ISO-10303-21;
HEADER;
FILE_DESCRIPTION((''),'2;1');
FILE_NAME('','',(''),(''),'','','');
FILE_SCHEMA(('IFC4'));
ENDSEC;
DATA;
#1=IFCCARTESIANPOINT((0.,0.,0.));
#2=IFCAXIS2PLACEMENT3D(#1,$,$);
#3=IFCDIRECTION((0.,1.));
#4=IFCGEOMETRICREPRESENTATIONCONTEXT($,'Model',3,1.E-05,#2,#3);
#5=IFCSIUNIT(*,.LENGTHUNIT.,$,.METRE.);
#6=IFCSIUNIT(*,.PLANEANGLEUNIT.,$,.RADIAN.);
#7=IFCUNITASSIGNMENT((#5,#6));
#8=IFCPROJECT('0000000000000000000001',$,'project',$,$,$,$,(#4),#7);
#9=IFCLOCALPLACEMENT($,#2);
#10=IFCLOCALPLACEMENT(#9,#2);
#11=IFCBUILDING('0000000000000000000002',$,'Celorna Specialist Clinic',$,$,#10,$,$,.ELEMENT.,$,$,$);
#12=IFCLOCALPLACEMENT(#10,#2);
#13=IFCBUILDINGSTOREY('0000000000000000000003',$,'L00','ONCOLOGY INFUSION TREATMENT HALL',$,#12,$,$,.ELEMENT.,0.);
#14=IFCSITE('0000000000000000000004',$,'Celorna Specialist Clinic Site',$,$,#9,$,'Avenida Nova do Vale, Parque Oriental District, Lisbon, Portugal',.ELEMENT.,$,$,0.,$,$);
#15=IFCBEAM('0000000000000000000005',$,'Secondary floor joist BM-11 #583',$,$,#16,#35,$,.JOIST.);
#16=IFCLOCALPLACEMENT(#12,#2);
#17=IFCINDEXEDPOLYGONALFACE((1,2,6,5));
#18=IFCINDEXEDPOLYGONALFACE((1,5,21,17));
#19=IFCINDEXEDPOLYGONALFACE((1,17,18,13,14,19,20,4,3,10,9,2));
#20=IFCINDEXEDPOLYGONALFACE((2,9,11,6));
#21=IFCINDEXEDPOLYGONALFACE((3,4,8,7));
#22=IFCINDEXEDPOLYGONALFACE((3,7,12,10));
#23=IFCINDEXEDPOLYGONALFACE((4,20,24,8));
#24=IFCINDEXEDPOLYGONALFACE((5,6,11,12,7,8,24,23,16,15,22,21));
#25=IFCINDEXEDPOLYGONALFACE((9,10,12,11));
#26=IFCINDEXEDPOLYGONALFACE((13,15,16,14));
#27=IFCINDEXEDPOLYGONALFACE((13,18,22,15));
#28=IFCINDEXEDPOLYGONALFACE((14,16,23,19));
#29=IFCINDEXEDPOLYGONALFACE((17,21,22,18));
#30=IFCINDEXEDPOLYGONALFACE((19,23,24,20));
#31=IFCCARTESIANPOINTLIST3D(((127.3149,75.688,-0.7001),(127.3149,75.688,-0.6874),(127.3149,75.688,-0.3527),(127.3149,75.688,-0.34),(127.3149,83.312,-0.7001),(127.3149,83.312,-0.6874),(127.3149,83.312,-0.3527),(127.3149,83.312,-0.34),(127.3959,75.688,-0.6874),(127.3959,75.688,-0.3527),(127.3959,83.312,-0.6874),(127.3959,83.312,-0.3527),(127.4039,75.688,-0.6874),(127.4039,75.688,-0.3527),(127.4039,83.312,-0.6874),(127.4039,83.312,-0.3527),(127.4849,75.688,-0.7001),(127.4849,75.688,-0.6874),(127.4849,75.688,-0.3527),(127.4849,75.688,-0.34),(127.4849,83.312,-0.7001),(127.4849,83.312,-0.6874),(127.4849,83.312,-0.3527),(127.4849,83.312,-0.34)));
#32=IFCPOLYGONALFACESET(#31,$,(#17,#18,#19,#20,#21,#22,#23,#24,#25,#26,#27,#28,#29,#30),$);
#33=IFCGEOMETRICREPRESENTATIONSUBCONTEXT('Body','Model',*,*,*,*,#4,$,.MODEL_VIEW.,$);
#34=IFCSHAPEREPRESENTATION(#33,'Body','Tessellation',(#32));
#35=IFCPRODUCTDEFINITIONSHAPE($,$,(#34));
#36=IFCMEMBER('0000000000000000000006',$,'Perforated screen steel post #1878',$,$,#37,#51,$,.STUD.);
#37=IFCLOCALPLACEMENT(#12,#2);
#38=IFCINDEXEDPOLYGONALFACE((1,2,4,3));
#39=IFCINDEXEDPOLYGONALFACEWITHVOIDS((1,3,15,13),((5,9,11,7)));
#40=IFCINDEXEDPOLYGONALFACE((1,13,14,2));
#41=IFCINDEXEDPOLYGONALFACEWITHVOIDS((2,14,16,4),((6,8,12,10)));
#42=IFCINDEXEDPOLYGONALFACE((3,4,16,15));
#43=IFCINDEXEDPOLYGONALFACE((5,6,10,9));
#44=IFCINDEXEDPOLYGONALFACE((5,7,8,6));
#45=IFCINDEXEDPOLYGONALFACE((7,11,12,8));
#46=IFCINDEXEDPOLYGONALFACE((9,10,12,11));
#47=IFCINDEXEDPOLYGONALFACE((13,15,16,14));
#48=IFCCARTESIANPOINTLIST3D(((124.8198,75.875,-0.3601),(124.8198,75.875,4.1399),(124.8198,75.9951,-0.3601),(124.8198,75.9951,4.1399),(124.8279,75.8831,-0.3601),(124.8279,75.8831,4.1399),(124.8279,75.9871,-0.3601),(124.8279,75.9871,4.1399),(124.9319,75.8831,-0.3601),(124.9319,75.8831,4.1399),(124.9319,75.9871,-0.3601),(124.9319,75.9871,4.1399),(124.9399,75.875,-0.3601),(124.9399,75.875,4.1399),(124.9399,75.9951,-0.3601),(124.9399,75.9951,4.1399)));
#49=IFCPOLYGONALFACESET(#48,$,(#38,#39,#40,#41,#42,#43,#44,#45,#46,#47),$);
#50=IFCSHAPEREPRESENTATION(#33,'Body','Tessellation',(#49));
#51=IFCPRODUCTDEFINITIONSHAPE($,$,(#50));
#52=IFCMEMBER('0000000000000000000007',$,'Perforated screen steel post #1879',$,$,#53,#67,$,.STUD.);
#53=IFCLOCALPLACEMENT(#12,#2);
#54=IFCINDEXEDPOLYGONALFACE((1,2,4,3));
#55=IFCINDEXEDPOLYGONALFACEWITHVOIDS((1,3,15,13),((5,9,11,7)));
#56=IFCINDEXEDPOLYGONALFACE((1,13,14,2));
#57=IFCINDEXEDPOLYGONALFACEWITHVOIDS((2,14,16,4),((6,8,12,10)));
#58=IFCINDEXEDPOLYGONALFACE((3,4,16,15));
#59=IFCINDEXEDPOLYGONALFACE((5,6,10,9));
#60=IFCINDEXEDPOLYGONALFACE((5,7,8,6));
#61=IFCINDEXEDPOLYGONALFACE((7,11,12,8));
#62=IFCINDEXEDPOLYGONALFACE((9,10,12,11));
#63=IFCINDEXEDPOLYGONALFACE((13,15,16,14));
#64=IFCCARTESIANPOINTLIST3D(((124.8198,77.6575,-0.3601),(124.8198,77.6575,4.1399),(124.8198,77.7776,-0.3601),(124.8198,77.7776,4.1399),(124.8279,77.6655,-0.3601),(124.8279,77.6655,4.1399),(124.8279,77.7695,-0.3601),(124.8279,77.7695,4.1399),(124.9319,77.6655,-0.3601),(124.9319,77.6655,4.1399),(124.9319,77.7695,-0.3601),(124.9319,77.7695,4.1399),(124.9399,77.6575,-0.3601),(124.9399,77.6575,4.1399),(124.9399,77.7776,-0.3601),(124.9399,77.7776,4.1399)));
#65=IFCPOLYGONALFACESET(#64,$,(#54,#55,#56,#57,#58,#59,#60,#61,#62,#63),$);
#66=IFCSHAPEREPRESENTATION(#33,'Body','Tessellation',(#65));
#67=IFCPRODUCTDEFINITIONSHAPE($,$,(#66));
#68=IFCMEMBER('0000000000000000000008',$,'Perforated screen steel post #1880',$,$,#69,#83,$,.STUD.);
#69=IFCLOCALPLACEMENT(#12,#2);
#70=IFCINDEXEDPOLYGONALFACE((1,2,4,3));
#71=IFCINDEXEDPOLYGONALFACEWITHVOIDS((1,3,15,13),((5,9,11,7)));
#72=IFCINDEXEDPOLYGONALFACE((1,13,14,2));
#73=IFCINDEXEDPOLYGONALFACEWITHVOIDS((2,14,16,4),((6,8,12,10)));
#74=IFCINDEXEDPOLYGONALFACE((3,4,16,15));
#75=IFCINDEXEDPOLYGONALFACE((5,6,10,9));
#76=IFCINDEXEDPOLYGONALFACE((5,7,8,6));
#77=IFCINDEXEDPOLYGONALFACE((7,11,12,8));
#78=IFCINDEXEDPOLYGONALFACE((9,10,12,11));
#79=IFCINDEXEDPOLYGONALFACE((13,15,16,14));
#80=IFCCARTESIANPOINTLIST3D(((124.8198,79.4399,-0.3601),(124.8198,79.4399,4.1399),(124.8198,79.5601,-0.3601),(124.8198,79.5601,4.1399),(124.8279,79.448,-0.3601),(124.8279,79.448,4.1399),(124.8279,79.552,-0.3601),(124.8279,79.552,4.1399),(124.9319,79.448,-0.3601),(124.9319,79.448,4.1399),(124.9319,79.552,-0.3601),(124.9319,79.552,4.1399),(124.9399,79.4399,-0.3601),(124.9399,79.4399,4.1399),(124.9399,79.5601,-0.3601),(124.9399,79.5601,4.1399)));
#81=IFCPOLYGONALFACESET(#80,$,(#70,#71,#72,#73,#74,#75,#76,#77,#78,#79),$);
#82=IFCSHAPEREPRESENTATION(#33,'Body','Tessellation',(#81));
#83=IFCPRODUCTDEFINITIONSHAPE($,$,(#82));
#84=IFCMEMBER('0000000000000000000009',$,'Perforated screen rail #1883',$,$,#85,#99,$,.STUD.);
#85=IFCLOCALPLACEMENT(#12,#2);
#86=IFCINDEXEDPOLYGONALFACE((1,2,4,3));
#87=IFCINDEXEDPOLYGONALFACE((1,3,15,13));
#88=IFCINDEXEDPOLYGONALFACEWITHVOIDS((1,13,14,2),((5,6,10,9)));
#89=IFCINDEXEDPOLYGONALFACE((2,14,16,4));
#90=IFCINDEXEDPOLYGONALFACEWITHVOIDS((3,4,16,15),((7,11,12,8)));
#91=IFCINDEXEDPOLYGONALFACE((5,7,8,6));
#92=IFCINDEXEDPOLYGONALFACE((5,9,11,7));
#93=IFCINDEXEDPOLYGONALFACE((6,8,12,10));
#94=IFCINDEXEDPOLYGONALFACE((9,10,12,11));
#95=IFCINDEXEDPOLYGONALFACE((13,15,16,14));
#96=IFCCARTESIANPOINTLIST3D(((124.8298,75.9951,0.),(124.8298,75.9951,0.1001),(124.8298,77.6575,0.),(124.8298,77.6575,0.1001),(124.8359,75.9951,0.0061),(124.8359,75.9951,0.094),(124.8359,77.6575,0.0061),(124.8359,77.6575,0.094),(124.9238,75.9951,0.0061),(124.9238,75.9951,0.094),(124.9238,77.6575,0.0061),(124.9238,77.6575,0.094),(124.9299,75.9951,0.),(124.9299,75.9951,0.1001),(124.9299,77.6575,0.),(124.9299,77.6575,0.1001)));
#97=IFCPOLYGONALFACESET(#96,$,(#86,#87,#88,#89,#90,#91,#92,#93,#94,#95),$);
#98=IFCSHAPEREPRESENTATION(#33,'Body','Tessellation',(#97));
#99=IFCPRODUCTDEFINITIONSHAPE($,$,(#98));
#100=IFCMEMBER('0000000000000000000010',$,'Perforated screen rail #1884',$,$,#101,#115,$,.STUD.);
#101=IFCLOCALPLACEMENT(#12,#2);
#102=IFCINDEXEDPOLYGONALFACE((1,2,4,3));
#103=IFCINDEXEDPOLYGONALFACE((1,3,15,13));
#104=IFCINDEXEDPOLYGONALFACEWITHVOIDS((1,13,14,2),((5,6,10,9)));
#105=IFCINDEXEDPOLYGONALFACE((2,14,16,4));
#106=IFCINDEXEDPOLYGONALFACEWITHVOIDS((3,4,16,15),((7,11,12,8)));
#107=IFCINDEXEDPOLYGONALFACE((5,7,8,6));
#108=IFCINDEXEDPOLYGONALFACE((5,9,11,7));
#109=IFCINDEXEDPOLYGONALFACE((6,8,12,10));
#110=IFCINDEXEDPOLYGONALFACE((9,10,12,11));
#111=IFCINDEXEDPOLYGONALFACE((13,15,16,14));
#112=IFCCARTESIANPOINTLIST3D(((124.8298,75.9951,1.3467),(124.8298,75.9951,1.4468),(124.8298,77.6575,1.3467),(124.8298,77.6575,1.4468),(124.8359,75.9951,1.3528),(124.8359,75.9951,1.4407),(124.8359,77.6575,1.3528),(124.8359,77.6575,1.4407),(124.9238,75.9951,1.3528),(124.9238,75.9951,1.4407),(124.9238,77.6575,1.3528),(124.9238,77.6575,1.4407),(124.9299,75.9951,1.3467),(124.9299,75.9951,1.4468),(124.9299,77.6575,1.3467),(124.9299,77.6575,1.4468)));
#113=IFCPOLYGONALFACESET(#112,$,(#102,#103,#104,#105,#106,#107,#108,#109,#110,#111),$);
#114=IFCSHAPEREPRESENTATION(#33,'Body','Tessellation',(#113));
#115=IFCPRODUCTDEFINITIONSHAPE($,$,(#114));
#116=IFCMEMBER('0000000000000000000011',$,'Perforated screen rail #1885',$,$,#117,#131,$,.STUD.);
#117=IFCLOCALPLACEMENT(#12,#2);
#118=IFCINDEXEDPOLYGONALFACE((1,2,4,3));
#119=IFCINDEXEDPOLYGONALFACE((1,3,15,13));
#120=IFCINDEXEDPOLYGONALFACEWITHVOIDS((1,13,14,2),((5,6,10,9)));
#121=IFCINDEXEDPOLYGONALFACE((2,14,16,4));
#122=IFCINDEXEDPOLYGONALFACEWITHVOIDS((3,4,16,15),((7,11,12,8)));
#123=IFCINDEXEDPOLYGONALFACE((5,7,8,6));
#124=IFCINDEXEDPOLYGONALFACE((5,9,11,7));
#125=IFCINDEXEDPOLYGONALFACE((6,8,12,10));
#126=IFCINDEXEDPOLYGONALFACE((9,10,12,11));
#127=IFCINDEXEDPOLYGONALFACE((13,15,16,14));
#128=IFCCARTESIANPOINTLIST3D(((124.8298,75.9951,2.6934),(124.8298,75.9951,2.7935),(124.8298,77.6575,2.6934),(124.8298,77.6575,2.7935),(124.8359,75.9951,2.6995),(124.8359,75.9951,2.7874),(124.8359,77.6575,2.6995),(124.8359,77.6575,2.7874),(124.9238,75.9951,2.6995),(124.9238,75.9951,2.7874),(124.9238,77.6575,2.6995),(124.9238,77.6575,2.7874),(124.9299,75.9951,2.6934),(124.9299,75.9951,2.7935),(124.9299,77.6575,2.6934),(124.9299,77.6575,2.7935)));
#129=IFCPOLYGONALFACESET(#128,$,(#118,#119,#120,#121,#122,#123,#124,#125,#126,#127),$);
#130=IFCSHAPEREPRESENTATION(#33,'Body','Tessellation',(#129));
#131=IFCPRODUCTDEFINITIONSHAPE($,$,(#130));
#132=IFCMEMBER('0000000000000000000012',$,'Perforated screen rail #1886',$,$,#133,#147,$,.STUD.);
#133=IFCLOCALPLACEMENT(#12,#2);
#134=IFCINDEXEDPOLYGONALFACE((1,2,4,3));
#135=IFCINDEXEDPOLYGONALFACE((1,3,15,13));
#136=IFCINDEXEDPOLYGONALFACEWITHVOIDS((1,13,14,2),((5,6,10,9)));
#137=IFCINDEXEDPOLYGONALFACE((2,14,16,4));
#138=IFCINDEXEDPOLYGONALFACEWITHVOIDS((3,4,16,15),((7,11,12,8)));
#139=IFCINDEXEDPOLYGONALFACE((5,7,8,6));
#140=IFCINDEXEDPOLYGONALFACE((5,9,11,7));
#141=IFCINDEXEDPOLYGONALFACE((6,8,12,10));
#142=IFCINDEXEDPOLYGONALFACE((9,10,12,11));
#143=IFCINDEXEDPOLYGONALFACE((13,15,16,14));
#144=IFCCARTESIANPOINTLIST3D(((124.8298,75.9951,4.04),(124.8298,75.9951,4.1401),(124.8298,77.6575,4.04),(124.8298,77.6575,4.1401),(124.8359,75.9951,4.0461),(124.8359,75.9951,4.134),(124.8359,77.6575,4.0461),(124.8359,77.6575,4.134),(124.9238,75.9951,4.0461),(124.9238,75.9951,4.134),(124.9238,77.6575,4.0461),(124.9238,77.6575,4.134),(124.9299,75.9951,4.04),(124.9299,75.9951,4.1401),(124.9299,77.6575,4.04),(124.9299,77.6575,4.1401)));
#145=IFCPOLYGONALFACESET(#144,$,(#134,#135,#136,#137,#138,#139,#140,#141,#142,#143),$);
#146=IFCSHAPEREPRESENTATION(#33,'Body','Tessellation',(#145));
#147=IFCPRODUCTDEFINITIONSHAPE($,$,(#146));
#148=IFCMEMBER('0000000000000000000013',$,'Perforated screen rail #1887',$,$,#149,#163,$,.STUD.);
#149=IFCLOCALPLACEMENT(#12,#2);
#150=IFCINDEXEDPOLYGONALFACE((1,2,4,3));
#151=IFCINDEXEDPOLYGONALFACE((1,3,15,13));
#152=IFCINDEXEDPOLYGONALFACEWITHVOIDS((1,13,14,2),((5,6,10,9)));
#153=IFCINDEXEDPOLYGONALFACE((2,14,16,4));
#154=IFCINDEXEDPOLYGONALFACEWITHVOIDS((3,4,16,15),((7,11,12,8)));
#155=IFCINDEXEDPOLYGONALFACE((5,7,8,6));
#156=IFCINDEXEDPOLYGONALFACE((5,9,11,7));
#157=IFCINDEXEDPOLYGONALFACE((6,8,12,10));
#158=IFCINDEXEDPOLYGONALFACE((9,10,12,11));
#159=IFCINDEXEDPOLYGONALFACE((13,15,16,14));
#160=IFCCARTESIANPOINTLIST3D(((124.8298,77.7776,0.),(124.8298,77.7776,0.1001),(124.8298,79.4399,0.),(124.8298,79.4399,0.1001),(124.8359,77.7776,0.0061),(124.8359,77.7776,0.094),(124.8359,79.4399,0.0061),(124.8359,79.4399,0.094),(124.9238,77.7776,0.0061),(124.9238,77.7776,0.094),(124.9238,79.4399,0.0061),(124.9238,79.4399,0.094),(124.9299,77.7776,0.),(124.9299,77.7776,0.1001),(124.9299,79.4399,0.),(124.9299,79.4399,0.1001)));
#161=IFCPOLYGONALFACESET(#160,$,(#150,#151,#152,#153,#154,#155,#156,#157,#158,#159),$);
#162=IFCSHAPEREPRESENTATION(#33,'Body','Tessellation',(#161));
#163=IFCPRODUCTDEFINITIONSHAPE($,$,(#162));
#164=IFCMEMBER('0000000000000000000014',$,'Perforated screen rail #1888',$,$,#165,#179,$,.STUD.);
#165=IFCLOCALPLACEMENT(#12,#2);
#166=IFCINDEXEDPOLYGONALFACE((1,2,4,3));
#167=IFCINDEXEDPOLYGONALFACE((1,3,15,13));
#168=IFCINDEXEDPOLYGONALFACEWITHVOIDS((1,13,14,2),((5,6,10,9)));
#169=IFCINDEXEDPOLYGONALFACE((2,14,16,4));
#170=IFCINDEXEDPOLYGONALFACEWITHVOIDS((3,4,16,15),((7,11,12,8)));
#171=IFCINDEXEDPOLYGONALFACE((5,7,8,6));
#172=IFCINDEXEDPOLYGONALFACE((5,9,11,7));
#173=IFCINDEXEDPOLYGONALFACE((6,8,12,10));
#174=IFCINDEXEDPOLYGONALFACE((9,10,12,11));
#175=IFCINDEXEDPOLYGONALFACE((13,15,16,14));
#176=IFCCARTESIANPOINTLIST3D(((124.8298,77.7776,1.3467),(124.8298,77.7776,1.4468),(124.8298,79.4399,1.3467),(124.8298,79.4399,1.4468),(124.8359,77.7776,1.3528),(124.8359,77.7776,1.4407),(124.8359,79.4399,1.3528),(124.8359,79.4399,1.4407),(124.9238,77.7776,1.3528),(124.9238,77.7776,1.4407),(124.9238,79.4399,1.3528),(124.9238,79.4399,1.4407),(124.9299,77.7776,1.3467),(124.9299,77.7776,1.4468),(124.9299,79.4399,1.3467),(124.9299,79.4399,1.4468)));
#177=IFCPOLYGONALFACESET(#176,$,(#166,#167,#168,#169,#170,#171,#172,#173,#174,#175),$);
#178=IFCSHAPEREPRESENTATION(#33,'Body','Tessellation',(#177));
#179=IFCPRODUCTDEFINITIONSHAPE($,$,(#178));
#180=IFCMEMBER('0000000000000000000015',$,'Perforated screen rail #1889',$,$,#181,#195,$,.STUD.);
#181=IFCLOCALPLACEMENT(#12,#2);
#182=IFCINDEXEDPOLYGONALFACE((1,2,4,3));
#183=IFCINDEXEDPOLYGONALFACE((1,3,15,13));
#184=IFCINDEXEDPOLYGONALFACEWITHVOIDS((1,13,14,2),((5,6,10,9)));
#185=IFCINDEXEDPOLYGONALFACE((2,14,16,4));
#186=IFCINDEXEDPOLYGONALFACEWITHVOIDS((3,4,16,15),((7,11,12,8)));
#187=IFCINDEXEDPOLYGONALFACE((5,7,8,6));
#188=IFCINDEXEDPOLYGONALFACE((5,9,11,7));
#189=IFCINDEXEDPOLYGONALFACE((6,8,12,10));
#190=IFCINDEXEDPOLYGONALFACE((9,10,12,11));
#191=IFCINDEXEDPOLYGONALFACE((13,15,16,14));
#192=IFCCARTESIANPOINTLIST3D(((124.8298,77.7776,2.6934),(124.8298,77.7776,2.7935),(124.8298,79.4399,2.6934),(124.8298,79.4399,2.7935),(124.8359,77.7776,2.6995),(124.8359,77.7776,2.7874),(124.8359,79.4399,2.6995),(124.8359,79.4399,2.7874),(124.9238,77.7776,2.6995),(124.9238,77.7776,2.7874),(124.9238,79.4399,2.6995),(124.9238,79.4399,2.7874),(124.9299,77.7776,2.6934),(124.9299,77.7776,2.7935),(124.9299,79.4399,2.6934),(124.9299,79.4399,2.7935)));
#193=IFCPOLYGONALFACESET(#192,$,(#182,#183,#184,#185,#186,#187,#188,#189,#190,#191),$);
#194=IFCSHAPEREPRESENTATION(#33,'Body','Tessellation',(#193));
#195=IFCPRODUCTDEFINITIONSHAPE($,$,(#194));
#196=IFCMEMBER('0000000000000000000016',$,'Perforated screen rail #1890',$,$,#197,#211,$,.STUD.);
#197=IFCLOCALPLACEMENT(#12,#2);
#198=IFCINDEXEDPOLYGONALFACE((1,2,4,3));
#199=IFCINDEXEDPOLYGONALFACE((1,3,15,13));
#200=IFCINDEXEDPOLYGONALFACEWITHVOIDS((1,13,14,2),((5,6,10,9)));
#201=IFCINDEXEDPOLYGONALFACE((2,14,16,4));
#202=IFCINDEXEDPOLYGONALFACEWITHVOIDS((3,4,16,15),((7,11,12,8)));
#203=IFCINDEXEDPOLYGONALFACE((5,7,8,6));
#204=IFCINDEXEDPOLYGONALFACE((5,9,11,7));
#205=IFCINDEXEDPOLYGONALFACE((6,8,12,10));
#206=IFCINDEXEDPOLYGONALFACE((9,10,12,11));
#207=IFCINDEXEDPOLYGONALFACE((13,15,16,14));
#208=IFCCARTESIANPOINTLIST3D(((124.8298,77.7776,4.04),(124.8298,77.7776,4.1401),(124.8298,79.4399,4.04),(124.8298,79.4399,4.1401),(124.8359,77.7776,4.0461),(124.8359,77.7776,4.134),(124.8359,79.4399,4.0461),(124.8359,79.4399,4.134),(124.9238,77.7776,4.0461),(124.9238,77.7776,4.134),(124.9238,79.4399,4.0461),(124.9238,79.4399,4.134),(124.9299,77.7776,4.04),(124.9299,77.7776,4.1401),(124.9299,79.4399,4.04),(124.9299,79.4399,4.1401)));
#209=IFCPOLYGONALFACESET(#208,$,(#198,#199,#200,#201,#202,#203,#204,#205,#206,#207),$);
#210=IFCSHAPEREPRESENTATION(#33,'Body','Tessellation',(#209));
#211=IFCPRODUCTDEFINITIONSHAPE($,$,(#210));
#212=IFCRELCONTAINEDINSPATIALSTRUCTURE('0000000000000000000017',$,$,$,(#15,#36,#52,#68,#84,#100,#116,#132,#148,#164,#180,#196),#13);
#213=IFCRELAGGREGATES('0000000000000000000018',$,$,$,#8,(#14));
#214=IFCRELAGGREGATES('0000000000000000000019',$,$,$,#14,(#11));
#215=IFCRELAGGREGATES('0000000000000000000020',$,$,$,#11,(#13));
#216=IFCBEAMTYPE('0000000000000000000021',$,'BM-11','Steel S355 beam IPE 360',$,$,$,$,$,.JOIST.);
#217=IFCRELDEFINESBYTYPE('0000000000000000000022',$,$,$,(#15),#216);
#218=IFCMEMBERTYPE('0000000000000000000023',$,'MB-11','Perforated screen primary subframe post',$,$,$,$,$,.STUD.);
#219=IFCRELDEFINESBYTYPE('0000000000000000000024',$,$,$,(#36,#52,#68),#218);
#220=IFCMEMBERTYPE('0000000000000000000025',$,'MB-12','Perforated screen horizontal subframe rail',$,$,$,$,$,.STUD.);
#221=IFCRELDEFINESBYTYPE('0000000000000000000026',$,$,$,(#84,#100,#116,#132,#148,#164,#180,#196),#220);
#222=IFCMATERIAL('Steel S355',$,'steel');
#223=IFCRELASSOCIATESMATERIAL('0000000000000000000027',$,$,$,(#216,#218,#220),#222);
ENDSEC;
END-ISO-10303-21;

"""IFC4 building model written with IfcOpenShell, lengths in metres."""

from ifc_helpers import new_model, si_unit, direction, frame, origin, origin_2d, place, context, subcontext, project, spatial, hollow_rectangle, i_section, extrude, material, material_profile, profile_set, type_object, element, save


model = new_model("IFC4")

# Units and contexts
model_context = context("Model", 3, precision=1e-05, world=origin(), true_north=direction((0.0, 1.0)))
body_context = subcontext(model_context, "Body", "Model", "MODEL_VIEW")
ifc_project = project(units=[si_unit("LENGTHUNIT", "METRE"), si_unit("PLANEANGLEUNIT", "RADIAN")], contexts=[model_context])

# Site, building, storey
site_placement = place(None, origin())
site = spatial("IfcSite", under=ifc_project, at=site_placement, Name="Celorna Specialist Clinic Site", LongName="Avenida Nova do Vale, Parque Oriental District, Lisbon, Portugal", CompositionType="ELEMENT", RefElevation=0.0)
building_placement = place(site_placement, origin())
building = spatial("IfcBuilding", under=site, at=building_placement, Name="Celorna Specialist Clinic", CompositionType="ELEMENT")
storey_placement = place(building_placement, origin())
storey = spatial("IfcBuildingStorey", under=building, at=storey_placement, Name="L00", Description="ONCOLOGY INFUSION TREATMENT HALL", CompositionType="ELEMENT", Elevation=0.0)

# Beam
ifc_material_1 = material(Name="Steel S355", Category="steel")
ifc_material_profile_1 = material_profile(ifc_material_1, i_section(OverallWidth=0.1699, OverallDepth=0.3601, WebThickness=0.0081, FlangeThickness=0.0127, at=origin_2d()), Name="IPE 360")
ifc_profile_set_1 = profile_set([ifc_material_profile_1], Name="Steel S355")
beam_type = type_object("IfcBeamType", Name="BM-11", Description="Steel S355 beam IPE 360", PredefinedType="JOIST", material=ifc_profile_set_1)
beam_placement = place(storey_placement, frame((127.3999, 75.688, -0.52), z_axis=(0.0, 1.0, 0.0), x_axis=(-1.0, 0.0, 0.0)))
element("IfcBeam", 1, at=beam_placement, inside=storey, type_object=beam_type, Name="Secondary floor joist BM-11 #583", PredefinedType="JOIST", context=body_context, shape_type="SweptSolid", body=[
    extrude(i_section(OverallWidth=0.1699, OverallDepth=0.3601, WebThickness=0.0081, FlangeThickness=0.0127, at=origin_2d()), origin(), (0.0, 0.0, 1.0), 7.624),
])

# Members
ifc_material_profile_2 = material_profile(ifc_material_1, hollow_rectangle(XDim=0.1201, YDim=0.1201, WallThickness=0.0081, at=origin_2d()), Name="SHS 120x120x8")
ifc_profile_set_2 = profile_set([ifc_material_profile_2], Name="Steel S355")
member_type_1 = type_object("IfcMemberType", Name="MB-11", Description="Perforated screen primary subframe post", PredefinedType="STUD", material=ifc_profile_set_2)
for number, where, z_axis, x_axis, name in (
    (2, (124.8799, 75.9351, -0.3601), (0.0, 0.0, 1.0), (1.0, 0.0, 0.0), "Perforated screen steel post #1878"),
    (3, (124.8799, 77.7175, -0.3601), (0.0, 0.0, 1.0), (1.0, 0.0, 0.0), "Perforated screen steel post #1879"),
    (4, (124.8799, 79.5, -0.3601), (0.0, 0.0, 1.0), (1.0, 0.0, 0.0), "Perforated screen steel post #1880"),
):
    element("IfcMember", number, at=place(storey_placement, frame(where, z_axis=z_axis, x_axis=x_axis)), inside=storey, type_object=member_type_1, Name=name, PredefinedType="STUD", context=body_context, shape_type="SweptSolid", body=[
        extrude(hollow_rectangle(XDim=0.1201, YDim=0.1201, WallThickness=0.0081, at=origin_2d()), origin(), (0.0, 0.0, 1.0), 4.5),
    ])
ifc_material_profile_3 = material_profile(ifc_material_1, hollow_rectangle(XDim=0.1001, YDim=0.1001, WallThickness=0.0061, at=origin_2d()), Name="SHS 100x100x6")
ifc_profile_set_3 = profile_set([ifc_material_profile_3], Name="Steel S355")
member_type_2 = type_object("IfcMemberType", Name="MB-12", Description="Perforated screen horizontal subframe rail", PredefinedType="STUD", material=ifc_profile_set_3)
for number, where, z_axis, x_axis, name in (
    (5, (124.8799, 75.9951, 0.05), (0.0, 1.0, 0.0), (-1.0, 0.0, 0.0), "Perforated screen rail #1883"),
    (6, (124.8799, 75.9951, 1.3967), (0.0, 1.0, 0.0), (-1.0, 0.0, 0.0), "Perforated screen rail #1884"),
    (7, (124.8799, 75.9951, 2.7434), (0.0, 1.0, 0.0), (-1.0, 0.0, 0.0), "Perforated screen rail #1885"),
    (8, (124.8799, 75.9951, 4.0901), (0.0, 1.0, 0.0), (-1.0, 0.0, 0.0), "Perforated screen rail #1886"),
    (9, (124.8799, 77.7776, 0.05), (0.0, 1.0, 0.0), (-1.0, 0.0, 0.0), "Perforated screen rail #1887"),
    (10, (124.8799, 77.7776, 1.3967), (0.0, 1.0, 0.0), (-1.0, 0.0, 0.0), "Perforated screen rail #1888"),
    (11, (124.8799, 77.7776, 2.7434), (0.0, 1.0, 0.0), (-1.0, 0.0, 0.0), "Perforated screen rail #1889"),
    (12, (124.8799, 77.7776, 4.0901), (0.0, 1.0, 0.0), (-1.0, 0.0, 0.0), "Perforated screen rail #1890"),
):
    element("IfcMember", number, at=place(storey_placement, frame(where, z_axis=z_axis, x_axis=x_axis)), inside=storey, type_object=member_type_2, Name=name, PredefinedType="STUD", context=body_context, shape_type="SweptSolid", body=[
        extrude(hollow_rectangle(XDim=0.1001, YDim=0.1001, WallThickness=0.0061, at=origin_2d()), origin(), (0.0, 0.0, 1.0), 1.6624),
    ])

save(model, "model.ifc")
